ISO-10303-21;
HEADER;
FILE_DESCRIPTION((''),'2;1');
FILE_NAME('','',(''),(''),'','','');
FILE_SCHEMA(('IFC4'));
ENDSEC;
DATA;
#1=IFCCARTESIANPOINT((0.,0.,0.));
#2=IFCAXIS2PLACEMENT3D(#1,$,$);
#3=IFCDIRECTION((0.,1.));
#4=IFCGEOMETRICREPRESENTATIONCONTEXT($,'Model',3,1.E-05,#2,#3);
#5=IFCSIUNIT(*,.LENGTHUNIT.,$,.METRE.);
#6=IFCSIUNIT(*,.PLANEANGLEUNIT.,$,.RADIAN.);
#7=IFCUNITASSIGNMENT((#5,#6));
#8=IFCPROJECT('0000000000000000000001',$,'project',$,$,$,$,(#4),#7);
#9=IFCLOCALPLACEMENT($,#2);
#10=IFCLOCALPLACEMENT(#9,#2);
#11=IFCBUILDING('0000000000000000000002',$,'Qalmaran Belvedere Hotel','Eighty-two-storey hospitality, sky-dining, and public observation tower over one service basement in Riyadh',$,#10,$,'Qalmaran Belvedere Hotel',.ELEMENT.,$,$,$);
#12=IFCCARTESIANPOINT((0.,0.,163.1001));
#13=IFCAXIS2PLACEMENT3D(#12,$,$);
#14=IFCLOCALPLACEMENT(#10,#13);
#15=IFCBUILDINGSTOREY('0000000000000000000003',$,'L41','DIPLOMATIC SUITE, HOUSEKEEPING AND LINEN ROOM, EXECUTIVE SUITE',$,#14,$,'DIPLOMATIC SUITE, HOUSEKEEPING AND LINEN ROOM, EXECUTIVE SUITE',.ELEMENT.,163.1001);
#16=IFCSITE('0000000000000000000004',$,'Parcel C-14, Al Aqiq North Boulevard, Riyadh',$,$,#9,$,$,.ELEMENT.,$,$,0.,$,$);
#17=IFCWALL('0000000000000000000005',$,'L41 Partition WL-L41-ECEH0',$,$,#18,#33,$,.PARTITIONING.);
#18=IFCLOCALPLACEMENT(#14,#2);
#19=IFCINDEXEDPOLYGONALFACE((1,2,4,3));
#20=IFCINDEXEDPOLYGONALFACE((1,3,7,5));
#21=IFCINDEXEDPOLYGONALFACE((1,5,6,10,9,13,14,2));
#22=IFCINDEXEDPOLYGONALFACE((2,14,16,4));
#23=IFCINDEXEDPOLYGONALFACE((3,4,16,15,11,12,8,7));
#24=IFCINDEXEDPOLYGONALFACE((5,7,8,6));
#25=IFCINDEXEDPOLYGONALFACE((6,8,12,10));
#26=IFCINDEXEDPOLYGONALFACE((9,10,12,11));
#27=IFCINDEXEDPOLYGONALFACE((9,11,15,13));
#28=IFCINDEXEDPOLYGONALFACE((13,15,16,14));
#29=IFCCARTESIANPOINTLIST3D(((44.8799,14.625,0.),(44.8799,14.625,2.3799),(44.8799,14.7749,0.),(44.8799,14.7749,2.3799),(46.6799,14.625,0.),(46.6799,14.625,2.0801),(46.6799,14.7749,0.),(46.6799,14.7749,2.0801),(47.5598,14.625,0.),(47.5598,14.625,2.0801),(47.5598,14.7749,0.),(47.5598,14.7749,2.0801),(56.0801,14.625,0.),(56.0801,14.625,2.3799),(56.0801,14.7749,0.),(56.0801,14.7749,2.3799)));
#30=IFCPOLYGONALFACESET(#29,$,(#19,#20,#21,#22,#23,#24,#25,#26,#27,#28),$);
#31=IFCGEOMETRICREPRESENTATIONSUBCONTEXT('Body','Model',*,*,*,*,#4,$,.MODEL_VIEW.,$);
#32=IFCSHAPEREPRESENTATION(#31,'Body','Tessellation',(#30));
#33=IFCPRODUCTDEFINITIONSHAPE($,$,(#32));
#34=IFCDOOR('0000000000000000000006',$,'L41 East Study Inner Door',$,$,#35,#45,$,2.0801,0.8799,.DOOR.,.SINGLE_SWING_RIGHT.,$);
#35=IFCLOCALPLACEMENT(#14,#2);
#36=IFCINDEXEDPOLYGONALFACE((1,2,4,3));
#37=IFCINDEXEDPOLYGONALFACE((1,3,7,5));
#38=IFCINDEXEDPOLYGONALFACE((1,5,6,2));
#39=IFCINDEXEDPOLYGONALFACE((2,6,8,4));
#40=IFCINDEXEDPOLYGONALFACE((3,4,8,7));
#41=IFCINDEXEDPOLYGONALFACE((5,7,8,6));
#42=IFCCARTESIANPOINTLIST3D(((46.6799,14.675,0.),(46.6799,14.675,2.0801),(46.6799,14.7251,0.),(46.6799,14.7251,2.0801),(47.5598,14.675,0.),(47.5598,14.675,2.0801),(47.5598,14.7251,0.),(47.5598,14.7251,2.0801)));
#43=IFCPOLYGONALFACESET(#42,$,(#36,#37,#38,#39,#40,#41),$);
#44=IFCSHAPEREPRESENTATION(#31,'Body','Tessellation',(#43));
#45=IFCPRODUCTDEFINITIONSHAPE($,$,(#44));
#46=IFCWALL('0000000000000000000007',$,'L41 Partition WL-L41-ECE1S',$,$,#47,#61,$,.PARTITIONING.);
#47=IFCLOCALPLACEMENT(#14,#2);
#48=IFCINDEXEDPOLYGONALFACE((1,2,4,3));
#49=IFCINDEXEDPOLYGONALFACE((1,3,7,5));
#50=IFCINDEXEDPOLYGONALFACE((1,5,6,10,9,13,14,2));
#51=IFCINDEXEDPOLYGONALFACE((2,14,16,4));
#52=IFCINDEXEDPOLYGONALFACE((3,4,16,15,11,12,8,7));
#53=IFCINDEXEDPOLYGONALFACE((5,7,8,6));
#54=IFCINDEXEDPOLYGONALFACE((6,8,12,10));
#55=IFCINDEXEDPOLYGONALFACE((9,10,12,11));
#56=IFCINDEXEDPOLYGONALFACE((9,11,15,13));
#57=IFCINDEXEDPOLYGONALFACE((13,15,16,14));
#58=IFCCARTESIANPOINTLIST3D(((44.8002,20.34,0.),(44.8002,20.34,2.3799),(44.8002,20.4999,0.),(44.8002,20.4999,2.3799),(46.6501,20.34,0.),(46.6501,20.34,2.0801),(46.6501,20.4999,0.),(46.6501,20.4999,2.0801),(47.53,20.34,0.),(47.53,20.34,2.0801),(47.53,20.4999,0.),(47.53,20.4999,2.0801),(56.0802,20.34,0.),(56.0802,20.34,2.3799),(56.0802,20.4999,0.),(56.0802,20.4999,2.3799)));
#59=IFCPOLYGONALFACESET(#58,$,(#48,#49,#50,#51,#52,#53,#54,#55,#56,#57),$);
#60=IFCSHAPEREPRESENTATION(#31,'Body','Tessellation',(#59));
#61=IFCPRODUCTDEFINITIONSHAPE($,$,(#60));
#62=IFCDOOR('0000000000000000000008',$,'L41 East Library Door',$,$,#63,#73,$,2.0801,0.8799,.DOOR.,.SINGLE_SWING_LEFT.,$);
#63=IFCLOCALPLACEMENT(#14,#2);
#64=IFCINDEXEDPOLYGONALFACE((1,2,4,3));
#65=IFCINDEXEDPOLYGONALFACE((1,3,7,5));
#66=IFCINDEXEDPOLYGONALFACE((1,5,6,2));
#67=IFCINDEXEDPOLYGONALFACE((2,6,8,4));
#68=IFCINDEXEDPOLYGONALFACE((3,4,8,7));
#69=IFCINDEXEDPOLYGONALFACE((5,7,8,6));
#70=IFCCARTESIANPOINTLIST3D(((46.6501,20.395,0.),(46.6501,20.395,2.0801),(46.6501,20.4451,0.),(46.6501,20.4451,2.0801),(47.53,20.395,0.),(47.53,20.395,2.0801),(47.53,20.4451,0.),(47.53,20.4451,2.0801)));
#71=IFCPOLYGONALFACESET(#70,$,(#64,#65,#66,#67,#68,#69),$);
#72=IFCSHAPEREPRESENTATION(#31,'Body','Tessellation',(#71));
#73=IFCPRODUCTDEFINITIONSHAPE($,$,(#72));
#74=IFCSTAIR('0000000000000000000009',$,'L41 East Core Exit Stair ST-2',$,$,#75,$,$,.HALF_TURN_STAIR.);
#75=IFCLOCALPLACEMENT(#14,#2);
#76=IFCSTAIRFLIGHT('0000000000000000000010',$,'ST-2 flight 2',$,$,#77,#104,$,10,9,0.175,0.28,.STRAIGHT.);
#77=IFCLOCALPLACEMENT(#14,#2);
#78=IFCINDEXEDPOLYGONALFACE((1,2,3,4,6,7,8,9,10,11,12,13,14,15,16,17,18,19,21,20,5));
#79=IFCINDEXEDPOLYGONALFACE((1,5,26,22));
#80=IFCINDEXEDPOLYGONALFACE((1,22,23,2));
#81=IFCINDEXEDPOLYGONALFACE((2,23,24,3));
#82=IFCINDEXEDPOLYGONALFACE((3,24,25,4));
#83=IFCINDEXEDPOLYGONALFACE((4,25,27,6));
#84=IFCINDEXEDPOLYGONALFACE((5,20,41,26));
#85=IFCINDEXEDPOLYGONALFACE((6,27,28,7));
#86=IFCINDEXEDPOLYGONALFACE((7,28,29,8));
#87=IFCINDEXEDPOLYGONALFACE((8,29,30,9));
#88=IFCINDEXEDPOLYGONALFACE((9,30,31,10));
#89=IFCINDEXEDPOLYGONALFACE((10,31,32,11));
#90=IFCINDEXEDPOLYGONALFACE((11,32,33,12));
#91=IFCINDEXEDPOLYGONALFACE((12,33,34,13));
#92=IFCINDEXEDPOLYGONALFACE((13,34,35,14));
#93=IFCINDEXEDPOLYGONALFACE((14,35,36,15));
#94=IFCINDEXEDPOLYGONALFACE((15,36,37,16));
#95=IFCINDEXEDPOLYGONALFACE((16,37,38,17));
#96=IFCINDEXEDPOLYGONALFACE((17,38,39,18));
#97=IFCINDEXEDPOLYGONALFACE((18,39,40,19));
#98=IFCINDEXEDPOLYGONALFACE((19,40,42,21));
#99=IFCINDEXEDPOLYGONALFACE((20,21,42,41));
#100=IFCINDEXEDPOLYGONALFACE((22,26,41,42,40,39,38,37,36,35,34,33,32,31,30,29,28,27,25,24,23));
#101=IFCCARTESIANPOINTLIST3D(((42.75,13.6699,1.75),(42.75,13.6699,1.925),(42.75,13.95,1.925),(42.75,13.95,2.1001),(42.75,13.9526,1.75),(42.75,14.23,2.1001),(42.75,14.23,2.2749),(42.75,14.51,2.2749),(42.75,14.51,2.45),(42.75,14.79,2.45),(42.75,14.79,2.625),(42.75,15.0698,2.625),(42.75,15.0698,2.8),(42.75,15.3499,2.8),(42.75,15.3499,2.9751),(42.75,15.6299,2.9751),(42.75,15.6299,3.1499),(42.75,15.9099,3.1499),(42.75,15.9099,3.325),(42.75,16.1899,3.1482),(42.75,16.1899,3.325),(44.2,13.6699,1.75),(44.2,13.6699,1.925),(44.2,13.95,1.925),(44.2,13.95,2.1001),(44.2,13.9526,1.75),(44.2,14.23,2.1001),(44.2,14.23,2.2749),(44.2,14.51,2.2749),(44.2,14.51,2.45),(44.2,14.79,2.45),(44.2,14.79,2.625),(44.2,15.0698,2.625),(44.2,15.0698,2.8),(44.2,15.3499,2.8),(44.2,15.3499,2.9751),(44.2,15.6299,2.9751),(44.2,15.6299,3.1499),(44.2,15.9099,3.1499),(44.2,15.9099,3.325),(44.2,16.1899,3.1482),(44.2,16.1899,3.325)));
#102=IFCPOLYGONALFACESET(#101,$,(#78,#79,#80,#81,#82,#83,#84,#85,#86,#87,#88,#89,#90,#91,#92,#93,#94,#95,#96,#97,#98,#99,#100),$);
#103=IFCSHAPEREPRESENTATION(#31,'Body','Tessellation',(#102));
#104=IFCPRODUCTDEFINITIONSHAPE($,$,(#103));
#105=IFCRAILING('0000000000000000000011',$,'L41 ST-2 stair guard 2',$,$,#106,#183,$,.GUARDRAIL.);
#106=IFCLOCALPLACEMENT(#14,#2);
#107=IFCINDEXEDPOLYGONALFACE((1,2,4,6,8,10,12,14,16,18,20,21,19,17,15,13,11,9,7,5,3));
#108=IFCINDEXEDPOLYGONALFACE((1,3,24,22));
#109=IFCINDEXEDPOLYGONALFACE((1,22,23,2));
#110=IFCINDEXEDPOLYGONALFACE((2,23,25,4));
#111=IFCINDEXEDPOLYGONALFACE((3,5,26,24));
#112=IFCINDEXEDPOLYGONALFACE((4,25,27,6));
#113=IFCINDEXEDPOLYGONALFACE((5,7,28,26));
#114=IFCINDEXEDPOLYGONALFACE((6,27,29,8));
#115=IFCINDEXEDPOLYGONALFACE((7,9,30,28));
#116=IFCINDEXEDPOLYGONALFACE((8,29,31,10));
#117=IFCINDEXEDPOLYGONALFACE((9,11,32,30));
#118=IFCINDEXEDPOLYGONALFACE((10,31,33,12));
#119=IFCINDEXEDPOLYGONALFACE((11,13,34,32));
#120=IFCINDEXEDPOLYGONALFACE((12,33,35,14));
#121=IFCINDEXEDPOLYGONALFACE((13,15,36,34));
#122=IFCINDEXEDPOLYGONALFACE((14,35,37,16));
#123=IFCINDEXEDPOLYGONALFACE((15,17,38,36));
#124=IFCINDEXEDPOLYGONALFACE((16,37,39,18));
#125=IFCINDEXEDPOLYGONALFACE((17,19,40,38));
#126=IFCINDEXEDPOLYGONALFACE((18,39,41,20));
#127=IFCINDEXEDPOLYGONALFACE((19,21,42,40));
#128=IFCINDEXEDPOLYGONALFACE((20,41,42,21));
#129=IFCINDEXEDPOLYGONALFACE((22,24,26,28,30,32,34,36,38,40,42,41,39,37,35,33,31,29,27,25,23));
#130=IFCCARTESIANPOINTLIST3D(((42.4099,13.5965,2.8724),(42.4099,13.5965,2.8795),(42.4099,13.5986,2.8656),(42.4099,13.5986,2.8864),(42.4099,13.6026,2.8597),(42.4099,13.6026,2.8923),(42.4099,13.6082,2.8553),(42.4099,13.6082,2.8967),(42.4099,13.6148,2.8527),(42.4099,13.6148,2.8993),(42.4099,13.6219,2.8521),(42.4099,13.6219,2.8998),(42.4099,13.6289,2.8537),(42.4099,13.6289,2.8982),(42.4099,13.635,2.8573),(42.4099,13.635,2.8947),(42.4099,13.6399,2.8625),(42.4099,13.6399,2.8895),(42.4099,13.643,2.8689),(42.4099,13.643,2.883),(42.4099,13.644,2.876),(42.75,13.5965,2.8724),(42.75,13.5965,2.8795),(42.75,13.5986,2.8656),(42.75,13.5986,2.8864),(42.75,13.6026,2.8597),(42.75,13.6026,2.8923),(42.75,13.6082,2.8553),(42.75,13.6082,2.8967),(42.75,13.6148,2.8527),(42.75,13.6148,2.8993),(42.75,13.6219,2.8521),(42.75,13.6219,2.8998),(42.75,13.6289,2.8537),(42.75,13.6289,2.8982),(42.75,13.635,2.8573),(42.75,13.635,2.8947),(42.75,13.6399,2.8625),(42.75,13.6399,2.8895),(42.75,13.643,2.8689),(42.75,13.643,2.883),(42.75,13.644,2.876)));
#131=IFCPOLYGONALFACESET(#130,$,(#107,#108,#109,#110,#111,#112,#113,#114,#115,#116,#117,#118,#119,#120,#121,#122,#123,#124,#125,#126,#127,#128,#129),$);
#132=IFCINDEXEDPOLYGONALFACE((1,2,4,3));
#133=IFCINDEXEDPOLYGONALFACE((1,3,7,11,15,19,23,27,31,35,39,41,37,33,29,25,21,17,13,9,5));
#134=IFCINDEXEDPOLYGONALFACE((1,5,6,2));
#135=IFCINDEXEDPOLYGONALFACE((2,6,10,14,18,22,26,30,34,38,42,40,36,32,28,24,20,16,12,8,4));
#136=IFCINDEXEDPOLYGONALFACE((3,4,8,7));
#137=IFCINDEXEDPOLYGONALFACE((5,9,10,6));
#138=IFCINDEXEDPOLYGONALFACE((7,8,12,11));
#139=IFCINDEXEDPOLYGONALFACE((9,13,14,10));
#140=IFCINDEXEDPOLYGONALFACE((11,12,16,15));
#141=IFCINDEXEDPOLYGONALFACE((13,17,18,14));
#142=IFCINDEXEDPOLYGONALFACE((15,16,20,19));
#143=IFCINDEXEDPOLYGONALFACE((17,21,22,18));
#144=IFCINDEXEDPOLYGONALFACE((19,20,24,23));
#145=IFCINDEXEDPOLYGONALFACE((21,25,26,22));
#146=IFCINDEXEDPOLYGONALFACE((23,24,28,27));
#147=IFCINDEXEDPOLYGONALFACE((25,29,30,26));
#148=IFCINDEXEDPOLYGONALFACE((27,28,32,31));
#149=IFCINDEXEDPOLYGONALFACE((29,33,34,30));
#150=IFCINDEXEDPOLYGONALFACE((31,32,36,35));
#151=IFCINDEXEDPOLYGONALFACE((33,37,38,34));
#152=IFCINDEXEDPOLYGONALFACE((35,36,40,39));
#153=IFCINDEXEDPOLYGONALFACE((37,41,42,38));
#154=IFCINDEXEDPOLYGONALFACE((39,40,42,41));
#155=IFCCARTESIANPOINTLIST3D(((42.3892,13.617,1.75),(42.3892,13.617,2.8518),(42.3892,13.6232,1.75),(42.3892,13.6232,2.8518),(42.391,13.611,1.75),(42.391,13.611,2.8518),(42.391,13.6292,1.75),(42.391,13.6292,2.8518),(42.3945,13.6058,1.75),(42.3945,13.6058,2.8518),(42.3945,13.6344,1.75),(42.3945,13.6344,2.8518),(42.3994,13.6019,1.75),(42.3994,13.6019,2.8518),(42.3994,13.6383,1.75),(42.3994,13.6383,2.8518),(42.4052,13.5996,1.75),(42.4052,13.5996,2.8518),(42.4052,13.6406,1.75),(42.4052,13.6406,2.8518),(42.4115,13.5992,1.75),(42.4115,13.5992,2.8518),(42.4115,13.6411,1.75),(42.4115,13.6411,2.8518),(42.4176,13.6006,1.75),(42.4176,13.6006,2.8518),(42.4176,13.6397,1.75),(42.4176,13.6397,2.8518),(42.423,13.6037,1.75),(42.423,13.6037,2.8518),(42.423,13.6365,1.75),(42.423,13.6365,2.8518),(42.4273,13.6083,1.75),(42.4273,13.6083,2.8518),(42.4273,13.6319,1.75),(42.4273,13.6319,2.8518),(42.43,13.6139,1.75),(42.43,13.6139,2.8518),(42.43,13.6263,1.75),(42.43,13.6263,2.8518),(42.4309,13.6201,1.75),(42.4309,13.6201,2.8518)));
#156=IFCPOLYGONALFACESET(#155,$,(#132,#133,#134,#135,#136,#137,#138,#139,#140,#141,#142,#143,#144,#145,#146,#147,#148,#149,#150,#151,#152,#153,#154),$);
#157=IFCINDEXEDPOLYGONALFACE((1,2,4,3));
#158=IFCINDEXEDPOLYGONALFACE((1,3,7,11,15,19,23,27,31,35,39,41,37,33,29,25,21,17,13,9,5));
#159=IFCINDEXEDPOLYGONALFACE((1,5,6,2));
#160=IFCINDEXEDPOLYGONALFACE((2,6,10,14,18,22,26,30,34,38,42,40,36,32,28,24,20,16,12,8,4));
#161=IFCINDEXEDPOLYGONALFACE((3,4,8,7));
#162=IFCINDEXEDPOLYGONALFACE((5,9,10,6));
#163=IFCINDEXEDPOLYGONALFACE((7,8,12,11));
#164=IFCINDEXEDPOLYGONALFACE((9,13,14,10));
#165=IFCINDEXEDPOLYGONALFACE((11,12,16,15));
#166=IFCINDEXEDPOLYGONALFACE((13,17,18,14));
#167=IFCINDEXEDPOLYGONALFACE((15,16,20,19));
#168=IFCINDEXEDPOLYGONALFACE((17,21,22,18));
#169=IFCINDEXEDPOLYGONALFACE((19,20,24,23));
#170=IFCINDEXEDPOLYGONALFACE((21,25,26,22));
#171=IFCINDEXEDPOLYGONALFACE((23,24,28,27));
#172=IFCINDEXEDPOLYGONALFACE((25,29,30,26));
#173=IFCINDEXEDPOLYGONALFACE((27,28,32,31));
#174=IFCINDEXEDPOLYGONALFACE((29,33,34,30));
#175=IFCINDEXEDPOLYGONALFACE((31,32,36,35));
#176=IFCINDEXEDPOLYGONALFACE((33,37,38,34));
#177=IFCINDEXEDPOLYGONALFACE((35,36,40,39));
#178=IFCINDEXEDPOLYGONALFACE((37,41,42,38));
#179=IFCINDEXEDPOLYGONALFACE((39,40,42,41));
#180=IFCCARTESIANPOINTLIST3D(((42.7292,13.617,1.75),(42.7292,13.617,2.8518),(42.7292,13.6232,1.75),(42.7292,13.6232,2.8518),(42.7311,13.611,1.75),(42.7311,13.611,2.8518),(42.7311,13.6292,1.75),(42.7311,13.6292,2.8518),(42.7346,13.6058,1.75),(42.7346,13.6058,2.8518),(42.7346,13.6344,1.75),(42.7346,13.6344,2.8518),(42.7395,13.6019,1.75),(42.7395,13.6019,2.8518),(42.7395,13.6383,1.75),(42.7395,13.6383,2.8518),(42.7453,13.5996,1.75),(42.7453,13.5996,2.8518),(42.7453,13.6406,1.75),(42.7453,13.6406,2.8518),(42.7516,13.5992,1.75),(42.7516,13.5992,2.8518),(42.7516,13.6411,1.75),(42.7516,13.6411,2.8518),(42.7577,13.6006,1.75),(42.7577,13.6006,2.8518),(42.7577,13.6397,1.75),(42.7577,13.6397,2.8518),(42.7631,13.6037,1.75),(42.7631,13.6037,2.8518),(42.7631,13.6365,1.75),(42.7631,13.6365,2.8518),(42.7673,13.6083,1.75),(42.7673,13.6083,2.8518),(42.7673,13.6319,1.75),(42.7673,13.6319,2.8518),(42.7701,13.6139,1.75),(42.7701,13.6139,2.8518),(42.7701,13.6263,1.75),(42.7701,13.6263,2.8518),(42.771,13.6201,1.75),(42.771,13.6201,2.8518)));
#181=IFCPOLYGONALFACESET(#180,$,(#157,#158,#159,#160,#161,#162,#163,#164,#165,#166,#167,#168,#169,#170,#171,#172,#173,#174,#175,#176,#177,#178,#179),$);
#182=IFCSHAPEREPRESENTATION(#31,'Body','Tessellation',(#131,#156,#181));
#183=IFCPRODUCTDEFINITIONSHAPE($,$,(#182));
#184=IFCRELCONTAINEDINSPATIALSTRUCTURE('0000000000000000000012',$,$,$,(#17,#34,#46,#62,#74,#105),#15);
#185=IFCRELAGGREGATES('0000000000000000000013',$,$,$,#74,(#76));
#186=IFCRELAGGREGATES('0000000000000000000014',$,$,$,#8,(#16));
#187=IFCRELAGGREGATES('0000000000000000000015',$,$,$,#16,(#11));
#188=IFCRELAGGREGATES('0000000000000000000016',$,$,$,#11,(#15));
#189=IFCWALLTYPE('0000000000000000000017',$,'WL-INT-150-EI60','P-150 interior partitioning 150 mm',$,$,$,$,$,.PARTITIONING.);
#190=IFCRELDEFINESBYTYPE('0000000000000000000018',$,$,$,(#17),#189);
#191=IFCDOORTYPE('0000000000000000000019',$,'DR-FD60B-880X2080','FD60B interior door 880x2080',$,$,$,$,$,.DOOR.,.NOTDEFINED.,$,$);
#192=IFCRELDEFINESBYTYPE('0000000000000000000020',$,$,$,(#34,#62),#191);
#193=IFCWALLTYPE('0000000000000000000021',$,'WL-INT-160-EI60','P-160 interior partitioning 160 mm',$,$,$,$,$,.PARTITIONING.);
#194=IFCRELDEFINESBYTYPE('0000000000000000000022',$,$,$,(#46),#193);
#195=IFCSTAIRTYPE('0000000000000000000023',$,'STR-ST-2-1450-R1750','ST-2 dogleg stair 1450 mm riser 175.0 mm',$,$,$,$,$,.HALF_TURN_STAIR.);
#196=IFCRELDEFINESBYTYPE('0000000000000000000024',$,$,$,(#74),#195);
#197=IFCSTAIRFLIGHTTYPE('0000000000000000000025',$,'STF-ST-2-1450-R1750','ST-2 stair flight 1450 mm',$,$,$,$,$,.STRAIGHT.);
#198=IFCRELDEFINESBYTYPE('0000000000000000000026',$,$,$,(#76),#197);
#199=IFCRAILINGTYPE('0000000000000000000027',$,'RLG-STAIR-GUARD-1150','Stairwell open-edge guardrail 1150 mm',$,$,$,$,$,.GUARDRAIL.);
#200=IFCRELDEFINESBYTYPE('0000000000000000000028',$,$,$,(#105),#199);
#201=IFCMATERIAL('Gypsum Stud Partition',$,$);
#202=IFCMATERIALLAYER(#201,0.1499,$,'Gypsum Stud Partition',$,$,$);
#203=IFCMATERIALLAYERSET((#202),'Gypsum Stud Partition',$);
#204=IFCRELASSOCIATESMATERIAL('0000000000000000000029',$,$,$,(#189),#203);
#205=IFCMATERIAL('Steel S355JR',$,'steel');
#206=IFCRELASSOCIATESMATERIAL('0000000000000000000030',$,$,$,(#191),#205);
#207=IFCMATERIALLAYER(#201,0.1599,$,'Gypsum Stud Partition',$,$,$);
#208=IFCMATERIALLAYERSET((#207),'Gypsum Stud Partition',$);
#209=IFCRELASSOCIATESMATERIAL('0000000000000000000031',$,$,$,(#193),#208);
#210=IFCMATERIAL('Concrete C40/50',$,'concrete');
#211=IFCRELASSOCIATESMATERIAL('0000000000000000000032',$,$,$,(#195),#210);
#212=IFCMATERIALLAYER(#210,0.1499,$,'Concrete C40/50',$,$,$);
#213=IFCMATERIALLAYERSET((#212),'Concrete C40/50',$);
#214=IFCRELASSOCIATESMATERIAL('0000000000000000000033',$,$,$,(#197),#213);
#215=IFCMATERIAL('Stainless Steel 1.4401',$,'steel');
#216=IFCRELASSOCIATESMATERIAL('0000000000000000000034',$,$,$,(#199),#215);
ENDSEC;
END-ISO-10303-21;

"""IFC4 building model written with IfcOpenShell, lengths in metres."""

from ifc_helpers import new_model, si_unit, direction, frame, frame_2d, origin, origin_2d, place, context, subcontext, project, spatial, polyline, rectangle, circle, outline, extrude, material, layer, layer_set, type_object, element, fill, aggregate, save


model = new_model("IFC4")

# Units and contexts
model_context = context("Model", 3, precision=1e-05, world=origin(), true_north=direction((0.0, 1.0)))
body_context = subcontext(model_context, "Body", "Model", "MODEL_VIEW")
ifc_project = project(units=[si_unit("LENGTHUNIT", "METRE"), si_unit("PLANEANGLEUNIT", "RADIAN")], contexts=[model_context])

# Site, building, storey
site_placement = place(None, origin())
site = spatial("IfcSite", under=ifc_project, at=site_placement, Name="Parcel C-14, Al Aqiq North Boulevard, Riyadh", CompositionType="ELEMENT", RefElevation=0.0)
building_placement = place(site_placement, origin())
building = spatial("IfcBuilding", under=site, at=building_placement, Name="Qalmaran Belvedere Hotel", Description="Eighty-two-storey hospitality, sky-dining, and public observation tower over one service basement in Riyadh", LongName="Qalmaran Belvedere Hotel", CompositionType="ELEMENT")
storey_placement = place(building_placement, frame((0.0, 0.0, 163.1001)))
storey = spatial("IfcBuildingStorey", under=building, at=storey_placement, Name="L41", Description="DIPLOMATIC SUITE, HOUSEKEEPING AND LINEN ROOM, EXECUTIVE SUITE", LongName="DIPLOMATIC SUITE, HOUSEKEEPING AND LINEN ROOM, EXECUTIVE SUITE", CompositionType="ELEMENT", Elevation=163.1001)

# Shared definitions
ifc_material_1 = material(Name="Steel S355JR", Category="steel")

# Walls, openings, doors
ifc_material_2 = material(Name="Gypsum Stud Partition")
ifc_layer_1 = layer(ifc_material_2, 0.1499, Name="Gypsum Stud Partition")
ifc_layer_set_1 = layer_set([ifc_layer_1], Name="Gypsum Stud Partition")
wall_type_1 = type_object("IfcWallType", Name="WL-INT-150-EI60", Description="P-150 interior partitioning 150 mm", PredefinedType="PARTITIONING", material=ifc_layer_set_1)
wall_1_placement = place(storey_placement, frame((44.8799, 14.7, 0.0), z_axis=(0.0, 0.0, 1.0), x_axis=(1.0, 0.0, 0.0)))
wall_1 = element("IfcWall", 1, at=wall_1_placement, inside=storey, type_object=wall_type_1, Name="L41 Partition WL-L41-ECEH0", PredefinedType="PARTITIONING", context=body_context, shape_type="SweptSolid", body=[
    extrude(rectangle(XDim=11.2002, YDim=0.1499, at=frame_2d((5.6001, 0.0))), origin(), (0.0, 0.0, 1.0), 2.3799),
])
opening_1_placement = place(wall_1_placement, frame((2.6799, 0.0, 0.0), z_axis=(0.0, 0.0, 1.0), x_axis=(-1.0, 0.0, 0.0)))
opening_1 = element("IfcOpeningElement", 2, at=opening_1_placement, cuts=wall_1, PredefinedType="OPENING", context=body_context, shape_type="SweptSolid", body=[
    extrude(rectangle(XDim=0.8799, YDim=2.0801, at=frame_2d((0.4399, 1.04))), frame((0.0, 0.085, 0.0), z_axis=(0.0, -1.0, 0.0), x_axis=(1.0, 0.0, 0.0)), (0.0, 0.0, 1.0), 0.1699),
])
door_type = type_object("IfcDoorType", Name="DR-FD60B-880X2080", Description="FD60B interior door 880x2080", OperationType="NOTDEFINED", PredefinedType="DOOR", material=ifc_material_1)
door_1_placement = place(opening_1_placement, origin())
door_1 = element("IfcDoor", 3, at=door_1_placement, inside=storey, type_object=door_type, Name="L41 East Study Inner Door", OperationType="SINGLE_SWING_RIGHT", OverallHeight=2.0801, OverallWidth=0.8799, PredefinedType="DOOR", context=body_context, shape_type="SweptSolid", body=[
    extrude(rectangle(XDim=0.8799, YDim=2.0801, at=frame_2d((0.4399, 1.04))), frame((0.0, 0.0249, 0.0), z_axis=(0.0, -1.0, 0.0), x_axis=(1.0, 0.0, 0.0)), (0.0, 0.0, 1.0), 0.05),
])
fill(opening_1, door_1)
ifc_layer_2 = layer(ifc_material_2, 0.1599, Name="Gypsum Stud Partition")
ifc_layer_set_2 = layer_set([ifc_layer_2], Name="Gypsum Stud Partition")
wall_type_2 = type_object("IfcWallType", Name="WL-INT-160-EI60", Description="P-160 interior partitioning 160 mm", PredefinedType="PARTITIONING", material=ifc_layer_set_2)
wall_2_placement = place(storey_placement, frame((44.8, 20.4199, 0.0), z_axis=(0.0, 0.0, 1.0), x_axis=(1.0, 0.0, 0.0)))
wall_2 = element("IfcWall", 4, at=wall_2_placement, inside=storey, type_object=wall_type_2, Name="L41 Partition WL-L41-ECE1S", PredefinedType="PARTITIONING", context=body_context, shape_type="SweptSolid", body=[
    extrude(rectangle(XDim=11.28, YDim=0.1599, at=frame_2d((5.6401, 0.0))), origin(), (0.0, 0.0, 1.0), 2.3799),
])
opening_2_placement = place(wall_2_placement, frame((2.73, 0.0, 0.0), z_axis=(0.0, 0.0, 1.0), x_axis=(-1.0, 0.0, 0.0)))
opening_2 = element("IfcOpeningElement", 5, at=opening_2_placement, cuts=wall_2, PredefinedType="OPENING", context=body_context, shape_type="SweptSolid", body=[
    extrude(rectangle(XDim=0.8799, YDim=2.0801, at=frame_2d((0.4399, 1.04))), frame((0.0, 0.0898, 0.0), z_axis=(0.0, -1.0, 0.0), x_axis=(1.0, 0.0, 0.0)), (0.0, 0.0, 1.0), 0.1799),
])
door_2_placement = place(opening_2_placement, origin())
door_2 = element("IfcDoor", 6, at=door_2_placement, inside=storey, type_object=door_type, Name="L41 East Library Door", OperationType="SINGLE_SWING_LEFT", OverallHeight=2.0801, OverallWidth=0.8799, PredefinedType="DOOR", context=body_context, shape_type="SweptSolid", body=[
    extrude(rectangle(XDim=0.8799, YDim=2.0801, at=frame_2d((0.4399, 1.04))), frame((0.0, 0.0249, 0.0), z_axis=(0.0, -1.0, 0.0), x_axis=(1.0, 0.0, 0.0)), (0.0, 0.0, 1.0), 0.05),
])
fill(opening_2, door_2)

# Stair, stair flight
ifc_material_3 = material(Name="Concrete C40/50", Category="concrete")
stair_type = type_object("IfcStairType", Name="STR-ST-2-1450-R1750", Description="ST-2 dogleg stair 1450 mm riser 175.0 mm", PredefinedType="HALF_TURN_STAIR", material=ifc_material_3)
stair_placement = place(storey_placement, origin())
stair = element("IfcStair", 7, at=stair_placement, inside=storey, type_object=stair_type, Name="L41 East Core Exit Stair ST-2", PredefinedType="HALF_TURN_STAIR")
ifc_layer_3 = layer(ifc_material_3, 0.1499, Name="Concrete C40/50")
ifc_layer_set_3 = layer_set([ifc_layer_3], Name="Concrete C40/50")
stair_flight_type = type_object("IfcStairFlightType", Name="STF-ST-2-1450-R1750", Description="ST-2 stair flight 1450 mm", PredefinedType="STRAIGHT", material=ifc_layer_set_3)
stair_flight_placement = place(storey_placement, frame((43.4751, 13.6699, 1.75), z_axis=(0.0, 0.0, 1.0), x_axis=(0.0, 1.0, 0.0)))
stair_flight = element("IfcStairFlight", 8, at=stair_flight_placement, type_object=stair_flight_type, Name="ST-2 flight 2", NumberOfRisers=10, NumberOfTreads=9, PredefinedType="STRAIGHT", RiserHeight=0.175, TreadLength=0.28, context=body_context, shape_type="SweptSolid", body=[
    extrude(outline(polyline([(0.0, 0.0), (0.0, 0.175), (0.28, 0.175), (0.28, 0.3501), (0.5601, 0.3501), (0.5601, 0.5249), (0.8401, 0.5249), (0.8401, 0.7), (1.1201, 0.7), (1.1201, 0.875), (1.3999, 0.875), (1.3999, 1.05), (1.6799, 1.05), (1.6799, 1.2251), (1.96, 1.2251), (1.96, 1.3999), (2.24, 1.3999), (2.24, 1.575), (2.52, 1.575), (2.52, 1.75), (2.52, 1.3982), (0.2827, 0.0), (0.0, 0.0)])), frame((0.0, 0.7251, 0.0), z_axis=(0.0, -1.0, 0.0), x_axis=(1.0, 0.0, 0.0)), (0.0, 0.0, 1.0), 1.45),
])
aggregate(stair, [stair_flight])

# Railing
ifc_material_4 = material(Name="Stainless Steel 1.4401", Category="steel")
railing_type_1 = type_object("IfcRailingType", Name="RLG-STAIR-GUARD-1150", Description="Stairwell open-edge guardrail 1150 mm", PredefinedType="GUARDRAIL", material=ifc_material_4)
railing_1_placement = place(storey_placement, frame((42.4099, 13.6201, 1.75)))
element("IfcRailing", 9, at=railing_1_placement, inside=storey, type_object=railing_type_1, Name="L41 ST-2 stair guard 2", PredefinedType="GUARDRAIL", context=body_context, shape_type="SweptSolid", body=[
    extrude(circle(Radius=0.0239, at=origin_2d()), frame((0.0, 0.0, 1.126), z_axis=(1.0, 0.0, 0.0), x_axis=(0.0, 1.0, 0.0)), (0.0, 0.0, 1.0), 0.3401),
    extrude(circle(Radius=0.021, at=origin_2d()), origin(), (0.0, 0.0, 1.0), 1.1018),
    extrude(circle(Radius=0.021, at=origin_2d()), frame((0.3401, 0.0, 0.0)), (0.0, 0.0, 1.0), 1.1018),
])

save(model, "model.ifc")
